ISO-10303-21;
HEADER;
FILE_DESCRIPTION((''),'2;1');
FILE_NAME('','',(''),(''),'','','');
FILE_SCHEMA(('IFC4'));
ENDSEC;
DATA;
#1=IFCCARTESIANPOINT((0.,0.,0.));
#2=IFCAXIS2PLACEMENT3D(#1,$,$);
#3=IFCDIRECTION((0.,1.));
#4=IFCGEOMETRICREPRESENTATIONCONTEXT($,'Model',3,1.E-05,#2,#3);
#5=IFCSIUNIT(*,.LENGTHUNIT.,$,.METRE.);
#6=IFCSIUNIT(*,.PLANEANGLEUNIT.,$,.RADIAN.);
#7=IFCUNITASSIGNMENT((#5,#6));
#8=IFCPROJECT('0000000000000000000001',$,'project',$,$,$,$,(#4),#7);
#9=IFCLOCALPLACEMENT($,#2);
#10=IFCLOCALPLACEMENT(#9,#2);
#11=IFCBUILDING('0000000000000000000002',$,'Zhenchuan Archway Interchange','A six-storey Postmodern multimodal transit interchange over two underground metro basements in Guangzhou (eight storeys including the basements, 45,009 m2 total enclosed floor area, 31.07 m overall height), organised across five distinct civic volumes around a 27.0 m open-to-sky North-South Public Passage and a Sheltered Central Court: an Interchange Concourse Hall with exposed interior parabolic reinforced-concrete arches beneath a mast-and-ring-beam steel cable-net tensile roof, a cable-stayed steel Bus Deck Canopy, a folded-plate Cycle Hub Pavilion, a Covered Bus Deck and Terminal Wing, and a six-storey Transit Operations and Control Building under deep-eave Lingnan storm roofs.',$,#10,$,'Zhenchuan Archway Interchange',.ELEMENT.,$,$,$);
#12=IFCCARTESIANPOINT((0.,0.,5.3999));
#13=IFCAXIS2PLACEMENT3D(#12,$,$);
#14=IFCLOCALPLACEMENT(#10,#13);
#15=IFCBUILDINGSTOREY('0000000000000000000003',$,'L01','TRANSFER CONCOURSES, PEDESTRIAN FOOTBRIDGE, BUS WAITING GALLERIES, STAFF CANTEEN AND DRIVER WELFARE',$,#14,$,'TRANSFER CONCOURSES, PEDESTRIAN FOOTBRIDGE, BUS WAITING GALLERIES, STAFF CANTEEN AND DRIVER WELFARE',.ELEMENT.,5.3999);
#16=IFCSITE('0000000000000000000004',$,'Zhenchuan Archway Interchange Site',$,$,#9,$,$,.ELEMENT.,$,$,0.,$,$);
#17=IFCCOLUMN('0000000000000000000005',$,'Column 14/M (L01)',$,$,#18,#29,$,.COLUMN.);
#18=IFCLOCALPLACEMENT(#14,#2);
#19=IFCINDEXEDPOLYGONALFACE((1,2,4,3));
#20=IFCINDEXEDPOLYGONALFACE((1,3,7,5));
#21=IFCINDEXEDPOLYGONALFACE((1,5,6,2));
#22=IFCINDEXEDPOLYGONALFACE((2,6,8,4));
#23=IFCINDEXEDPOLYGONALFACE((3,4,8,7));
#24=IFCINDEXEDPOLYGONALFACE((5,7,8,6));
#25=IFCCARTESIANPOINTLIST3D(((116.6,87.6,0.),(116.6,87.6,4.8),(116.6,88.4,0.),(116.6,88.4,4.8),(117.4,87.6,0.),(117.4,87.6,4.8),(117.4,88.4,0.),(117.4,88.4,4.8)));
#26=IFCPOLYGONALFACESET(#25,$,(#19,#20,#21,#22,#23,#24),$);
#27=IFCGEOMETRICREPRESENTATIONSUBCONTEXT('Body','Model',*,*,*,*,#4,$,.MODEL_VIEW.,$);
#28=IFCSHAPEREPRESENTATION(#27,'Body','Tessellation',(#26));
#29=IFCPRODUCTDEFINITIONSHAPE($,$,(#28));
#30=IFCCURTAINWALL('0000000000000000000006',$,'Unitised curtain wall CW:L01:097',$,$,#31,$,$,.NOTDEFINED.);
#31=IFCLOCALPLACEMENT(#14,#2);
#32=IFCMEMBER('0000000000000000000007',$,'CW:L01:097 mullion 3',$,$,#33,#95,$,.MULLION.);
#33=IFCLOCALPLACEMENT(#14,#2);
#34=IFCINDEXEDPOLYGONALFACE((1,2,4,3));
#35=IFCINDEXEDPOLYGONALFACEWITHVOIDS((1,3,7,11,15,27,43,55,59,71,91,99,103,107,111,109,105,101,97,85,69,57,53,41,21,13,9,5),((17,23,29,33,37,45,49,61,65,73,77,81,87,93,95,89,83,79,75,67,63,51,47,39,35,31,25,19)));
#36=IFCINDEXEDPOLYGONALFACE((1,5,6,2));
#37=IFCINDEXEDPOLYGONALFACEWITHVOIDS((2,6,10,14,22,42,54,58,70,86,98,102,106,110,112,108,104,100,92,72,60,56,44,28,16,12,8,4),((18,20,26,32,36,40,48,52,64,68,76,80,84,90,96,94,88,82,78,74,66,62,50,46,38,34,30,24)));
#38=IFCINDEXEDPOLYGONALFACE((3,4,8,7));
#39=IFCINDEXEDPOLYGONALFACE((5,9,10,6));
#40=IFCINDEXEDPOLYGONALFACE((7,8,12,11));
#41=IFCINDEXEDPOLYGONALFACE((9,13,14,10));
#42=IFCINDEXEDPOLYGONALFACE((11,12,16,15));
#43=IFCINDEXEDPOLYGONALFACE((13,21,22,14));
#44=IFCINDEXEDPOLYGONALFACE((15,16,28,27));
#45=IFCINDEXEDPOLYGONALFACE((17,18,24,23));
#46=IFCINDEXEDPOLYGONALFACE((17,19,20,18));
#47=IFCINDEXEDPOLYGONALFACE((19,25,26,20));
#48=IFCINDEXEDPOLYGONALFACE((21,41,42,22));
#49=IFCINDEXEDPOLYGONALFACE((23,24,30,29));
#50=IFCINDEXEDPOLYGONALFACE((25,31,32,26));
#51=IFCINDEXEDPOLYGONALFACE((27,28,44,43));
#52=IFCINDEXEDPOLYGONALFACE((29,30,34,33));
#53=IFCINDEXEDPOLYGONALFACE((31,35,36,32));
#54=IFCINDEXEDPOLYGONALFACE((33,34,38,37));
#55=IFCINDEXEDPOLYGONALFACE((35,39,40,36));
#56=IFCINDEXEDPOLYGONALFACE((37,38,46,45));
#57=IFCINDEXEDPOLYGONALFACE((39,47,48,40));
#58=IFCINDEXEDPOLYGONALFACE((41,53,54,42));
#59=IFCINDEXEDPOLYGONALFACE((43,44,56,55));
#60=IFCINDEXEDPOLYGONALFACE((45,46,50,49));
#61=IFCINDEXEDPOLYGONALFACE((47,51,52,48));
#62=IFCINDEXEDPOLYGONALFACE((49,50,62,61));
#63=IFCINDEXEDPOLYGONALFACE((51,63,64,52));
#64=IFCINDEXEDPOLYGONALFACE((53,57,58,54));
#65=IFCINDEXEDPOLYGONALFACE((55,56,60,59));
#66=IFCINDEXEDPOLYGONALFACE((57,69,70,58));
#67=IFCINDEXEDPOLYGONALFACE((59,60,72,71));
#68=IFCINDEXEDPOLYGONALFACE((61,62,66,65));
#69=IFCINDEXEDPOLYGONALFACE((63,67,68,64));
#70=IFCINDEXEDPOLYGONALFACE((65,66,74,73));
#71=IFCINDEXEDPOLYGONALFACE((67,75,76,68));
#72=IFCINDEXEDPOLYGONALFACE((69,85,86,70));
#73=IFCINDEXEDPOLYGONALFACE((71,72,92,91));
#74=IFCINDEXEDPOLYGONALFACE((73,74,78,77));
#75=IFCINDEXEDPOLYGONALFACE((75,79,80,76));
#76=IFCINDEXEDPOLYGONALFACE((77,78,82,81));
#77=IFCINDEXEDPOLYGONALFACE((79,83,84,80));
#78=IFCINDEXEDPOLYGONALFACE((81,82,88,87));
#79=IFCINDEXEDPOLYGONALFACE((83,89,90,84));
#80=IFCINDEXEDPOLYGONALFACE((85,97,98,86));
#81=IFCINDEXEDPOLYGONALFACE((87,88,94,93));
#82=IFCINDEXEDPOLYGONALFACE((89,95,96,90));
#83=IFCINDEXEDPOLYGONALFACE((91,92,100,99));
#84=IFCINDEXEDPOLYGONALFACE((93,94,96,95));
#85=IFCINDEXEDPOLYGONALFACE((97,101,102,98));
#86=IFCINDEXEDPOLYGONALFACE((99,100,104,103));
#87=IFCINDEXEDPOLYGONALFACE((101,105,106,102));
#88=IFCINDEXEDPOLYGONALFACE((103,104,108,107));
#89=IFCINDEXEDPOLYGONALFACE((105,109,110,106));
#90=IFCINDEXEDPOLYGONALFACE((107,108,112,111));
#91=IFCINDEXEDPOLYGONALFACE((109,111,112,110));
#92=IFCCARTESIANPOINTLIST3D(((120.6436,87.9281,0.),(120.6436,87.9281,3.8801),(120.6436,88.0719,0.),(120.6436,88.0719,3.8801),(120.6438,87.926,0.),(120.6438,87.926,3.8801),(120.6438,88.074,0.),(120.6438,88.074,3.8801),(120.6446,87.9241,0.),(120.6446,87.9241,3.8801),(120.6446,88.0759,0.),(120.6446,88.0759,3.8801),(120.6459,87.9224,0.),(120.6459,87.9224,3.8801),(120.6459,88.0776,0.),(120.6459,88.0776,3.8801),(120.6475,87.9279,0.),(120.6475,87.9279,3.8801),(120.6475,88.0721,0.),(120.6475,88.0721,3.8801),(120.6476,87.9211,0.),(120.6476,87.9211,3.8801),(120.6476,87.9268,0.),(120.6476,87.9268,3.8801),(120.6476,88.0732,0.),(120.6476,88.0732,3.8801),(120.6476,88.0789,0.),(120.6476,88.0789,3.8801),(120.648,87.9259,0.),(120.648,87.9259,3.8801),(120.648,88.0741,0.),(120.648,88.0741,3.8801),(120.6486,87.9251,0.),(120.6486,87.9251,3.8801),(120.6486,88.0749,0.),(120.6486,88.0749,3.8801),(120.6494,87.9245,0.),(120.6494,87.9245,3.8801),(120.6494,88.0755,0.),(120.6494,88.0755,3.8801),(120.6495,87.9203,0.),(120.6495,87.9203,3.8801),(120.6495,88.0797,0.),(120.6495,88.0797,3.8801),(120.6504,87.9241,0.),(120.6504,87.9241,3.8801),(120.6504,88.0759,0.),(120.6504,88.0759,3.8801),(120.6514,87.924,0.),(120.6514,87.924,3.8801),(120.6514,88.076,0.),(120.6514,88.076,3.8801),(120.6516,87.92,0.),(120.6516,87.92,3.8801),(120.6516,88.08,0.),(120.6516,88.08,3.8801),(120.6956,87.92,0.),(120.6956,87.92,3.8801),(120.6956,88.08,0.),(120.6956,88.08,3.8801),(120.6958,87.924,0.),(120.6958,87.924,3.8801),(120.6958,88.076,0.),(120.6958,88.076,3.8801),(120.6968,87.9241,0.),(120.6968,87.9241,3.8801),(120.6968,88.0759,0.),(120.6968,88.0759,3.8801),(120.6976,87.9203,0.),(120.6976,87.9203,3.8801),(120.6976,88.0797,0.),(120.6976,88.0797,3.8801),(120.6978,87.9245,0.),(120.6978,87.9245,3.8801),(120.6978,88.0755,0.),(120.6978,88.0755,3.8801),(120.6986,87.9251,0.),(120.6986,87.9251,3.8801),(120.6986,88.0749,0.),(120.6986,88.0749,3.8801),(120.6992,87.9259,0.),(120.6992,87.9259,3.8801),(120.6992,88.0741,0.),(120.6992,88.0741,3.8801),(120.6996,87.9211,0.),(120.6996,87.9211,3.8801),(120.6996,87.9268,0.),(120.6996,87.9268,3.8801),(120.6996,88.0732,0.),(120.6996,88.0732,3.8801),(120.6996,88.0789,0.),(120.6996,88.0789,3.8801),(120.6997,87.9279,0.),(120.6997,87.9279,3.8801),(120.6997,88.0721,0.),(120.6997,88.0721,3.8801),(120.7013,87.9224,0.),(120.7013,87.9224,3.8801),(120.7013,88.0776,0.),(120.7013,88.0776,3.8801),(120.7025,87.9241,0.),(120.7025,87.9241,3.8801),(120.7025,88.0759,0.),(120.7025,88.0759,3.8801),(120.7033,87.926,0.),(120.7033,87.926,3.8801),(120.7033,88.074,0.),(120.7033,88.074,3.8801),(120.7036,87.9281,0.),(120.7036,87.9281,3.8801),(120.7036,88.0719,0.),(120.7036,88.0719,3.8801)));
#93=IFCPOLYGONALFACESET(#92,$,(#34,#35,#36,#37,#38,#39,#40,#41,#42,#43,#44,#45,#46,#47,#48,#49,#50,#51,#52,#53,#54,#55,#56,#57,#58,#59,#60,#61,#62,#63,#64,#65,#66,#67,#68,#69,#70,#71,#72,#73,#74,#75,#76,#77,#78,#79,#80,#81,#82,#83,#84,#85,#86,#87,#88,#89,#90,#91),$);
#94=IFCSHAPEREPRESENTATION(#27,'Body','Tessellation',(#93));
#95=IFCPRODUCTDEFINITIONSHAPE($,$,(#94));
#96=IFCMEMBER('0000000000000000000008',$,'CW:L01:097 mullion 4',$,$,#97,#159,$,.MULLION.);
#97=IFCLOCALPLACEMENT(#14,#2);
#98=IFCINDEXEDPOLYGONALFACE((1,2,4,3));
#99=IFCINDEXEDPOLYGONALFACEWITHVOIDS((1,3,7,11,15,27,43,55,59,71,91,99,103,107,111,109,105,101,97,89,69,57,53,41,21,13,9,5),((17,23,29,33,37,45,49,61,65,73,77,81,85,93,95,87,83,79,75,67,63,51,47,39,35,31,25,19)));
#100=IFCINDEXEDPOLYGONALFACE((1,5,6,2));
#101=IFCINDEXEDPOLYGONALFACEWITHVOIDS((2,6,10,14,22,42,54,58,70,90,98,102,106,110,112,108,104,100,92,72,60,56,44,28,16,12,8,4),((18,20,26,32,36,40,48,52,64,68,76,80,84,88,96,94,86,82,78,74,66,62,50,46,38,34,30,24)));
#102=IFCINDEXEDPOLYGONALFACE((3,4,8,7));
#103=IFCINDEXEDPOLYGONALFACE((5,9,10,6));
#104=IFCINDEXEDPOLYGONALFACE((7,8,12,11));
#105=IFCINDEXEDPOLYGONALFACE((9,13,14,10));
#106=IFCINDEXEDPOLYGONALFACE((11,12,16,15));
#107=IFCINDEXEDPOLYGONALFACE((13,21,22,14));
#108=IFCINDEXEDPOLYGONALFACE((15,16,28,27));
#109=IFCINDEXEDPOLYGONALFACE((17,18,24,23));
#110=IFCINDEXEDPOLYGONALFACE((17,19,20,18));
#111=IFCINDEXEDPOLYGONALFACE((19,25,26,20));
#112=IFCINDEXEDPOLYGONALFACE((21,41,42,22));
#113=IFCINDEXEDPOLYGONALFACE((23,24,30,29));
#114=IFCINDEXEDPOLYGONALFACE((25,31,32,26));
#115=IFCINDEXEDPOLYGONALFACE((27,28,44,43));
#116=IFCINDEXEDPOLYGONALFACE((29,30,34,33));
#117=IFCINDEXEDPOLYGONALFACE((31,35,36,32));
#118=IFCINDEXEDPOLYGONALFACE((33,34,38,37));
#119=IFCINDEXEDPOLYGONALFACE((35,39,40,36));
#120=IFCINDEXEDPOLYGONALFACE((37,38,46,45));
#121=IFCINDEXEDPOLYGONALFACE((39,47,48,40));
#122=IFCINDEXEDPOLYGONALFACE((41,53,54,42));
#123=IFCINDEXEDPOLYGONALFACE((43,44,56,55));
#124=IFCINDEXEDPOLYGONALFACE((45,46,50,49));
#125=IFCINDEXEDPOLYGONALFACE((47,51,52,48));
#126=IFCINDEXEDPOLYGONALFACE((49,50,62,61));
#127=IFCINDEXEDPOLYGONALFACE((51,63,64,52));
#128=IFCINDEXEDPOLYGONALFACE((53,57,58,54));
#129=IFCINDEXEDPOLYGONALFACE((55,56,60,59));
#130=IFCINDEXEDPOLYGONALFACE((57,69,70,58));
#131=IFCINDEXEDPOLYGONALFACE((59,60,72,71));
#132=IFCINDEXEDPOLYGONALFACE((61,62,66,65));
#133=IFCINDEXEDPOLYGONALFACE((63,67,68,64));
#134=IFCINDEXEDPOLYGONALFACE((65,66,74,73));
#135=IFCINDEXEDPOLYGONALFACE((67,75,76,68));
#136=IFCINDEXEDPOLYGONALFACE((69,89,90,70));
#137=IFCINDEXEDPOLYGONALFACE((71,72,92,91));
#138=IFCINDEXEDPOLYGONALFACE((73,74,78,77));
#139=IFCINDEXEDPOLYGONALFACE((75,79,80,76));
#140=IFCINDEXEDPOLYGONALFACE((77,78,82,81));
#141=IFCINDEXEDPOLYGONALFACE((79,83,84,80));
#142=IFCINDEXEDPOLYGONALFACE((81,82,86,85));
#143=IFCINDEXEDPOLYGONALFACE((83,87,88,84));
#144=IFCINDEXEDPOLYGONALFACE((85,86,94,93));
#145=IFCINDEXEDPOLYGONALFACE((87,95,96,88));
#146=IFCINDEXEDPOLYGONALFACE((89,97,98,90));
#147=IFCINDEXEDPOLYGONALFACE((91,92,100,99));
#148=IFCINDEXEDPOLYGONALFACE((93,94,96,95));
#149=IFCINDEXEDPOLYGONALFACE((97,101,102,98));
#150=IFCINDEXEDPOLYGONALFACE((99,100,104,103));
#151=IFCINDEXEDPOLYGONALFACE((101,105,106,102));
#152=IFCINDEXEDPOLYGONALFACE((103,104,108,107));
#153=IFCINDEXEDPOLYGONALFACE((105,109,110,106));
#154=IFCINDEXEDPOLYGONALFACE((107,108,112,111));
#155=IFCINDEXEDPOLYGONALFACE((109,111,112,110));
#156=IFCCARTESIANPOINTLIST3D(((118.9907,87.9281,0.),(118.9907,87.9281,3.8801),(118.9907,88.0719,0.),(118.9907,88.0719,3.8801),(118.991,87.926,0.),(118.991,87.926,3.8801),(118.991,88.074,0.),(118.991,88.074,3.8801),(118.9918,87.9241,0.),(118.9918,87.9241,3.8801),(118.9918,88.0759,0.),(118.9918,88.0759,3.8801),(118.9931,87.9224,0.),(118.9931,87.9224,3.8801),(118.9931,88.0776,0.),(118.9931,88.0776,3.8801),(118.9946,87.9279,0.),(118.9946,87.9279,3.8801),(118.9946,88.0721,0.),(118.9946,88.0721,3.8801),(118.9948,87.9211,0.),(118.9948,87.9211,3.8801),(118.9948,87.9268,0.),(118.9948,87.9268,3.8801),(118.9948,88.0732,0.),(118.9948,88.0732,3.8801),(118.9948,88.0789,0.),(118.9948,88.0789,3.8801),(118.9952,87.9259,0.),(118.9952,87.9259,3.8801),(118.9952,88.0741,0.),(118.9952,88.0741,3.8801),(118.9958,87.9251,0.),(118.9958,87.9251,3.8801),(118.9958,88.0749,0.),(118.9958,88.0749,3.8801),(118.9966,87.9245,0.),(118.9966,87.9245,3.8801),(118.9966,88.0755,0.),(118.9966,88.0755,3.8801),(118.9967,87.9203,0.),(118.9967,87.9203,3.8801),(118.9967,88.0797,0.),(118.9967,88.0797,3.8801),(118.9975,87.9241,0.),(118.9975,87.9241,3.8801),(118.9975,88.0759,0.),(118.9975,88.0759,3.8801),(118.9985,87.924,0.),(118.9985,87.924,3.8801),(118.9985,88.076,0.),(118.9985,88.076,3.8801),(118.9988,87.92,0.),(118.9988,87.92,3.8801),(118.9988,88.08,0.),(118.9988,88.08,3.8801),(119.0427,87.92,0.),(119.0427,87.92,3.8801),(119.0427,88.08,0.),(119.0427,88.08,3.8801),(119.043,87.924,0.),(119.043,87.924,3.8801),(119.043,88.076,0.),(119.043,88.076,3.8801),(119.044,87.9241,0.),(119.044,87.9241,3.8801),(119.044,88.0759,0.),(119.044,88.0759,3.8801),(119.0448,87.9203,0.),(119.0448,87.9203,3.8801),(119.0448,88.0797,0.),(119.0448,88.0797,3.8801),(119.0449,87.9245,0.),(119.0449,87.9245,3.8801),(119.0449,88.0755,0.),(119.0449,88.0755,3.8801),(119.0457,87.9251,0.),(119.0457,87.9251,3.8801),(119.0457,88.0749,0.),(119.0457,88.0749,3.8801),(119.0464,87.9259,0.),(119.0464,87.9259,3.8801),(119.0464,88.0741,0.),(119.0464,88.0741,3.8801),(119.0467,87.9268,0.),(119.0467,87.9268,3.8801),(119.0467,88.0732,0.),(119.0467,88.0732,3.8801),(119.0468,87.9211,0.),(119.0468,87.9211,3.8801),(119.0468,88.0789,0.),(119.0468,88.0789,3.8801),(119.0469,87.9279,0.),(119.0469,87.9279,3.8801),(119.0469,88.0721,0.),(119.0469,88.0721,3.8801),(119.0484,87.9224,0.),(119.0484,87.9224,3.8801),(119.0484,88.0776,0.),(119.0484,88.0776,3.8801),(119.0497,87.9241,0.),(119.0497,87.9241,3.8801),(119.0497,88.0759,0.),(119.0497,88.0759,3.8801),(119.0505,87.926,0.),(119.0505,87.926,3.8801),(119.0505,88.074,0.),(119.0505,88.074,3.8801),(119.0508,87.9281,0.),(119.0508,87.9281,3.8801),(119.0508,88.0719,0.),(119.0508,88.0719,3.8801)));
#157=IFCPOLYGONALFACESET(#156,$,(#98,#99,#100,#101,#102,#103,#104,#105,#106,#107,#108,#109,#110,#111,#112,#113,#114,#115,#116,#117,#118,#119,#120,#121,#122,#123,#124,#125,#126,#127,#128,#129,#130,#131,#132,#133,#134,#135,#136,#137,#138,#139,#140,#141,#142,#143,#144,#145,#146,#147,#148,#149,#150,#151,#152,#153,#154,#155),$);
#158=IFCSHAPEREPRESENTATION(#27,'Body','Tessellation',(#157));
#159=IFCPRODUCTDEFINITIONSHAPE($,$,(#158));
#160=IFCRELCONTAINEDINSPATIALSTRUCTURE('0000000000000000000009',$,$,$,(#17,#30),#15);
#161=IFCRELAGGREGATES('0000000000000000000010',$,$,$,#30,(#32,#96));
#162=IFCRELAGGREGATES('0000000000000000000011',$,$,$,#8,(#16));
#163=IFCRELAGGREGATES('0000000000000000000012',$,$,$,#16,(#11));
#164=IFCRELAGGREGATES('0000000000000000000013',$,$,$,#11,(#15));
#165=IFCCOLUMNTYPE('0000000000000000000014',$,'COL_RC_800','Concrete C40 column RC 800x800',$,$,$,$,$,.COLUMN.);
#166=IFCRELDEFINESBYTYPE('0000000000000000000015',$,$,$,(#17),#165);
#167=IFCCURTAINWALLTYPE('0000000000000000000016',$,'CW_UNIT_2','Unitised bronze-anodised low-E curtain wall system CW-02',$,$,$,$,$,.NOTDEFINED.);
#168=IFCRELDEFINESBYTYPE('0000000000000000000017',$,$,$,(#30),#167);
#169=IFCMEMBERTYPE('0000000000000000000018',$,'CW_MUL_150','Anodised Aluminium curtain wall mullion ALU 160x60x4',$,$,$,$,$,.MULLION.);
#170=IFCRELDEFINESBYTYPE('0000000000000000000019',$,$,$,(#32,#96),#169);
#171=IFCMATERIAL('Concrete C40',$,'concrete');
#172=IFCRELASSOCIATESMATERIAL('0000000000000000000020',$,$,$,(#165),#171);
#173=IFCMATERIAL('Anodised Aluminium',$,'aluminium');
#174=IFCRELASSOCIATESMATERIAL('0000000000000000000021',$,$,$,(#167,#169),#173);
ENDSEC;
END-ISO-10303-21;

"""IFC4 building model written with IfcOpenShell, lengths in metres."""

from ifc_helpers import new_model, si_unit, direction, frame, origin, origin_2d, place, context, subcontext, project, spatial, rectangle, hollow_rectangle, extrude, material, material_profile, profile_set, type_object, element, aggregate, save


model = new_model("IFC4")

# Units and contexts
model_context = context("Model", 3, precision=1e-05, world=origin(), true_north=direction((0.0, 1.0)))
body_context = subcontext(model_context, "Body", "Model", "MODEL_VIEW")
ifc_project = project(units=[si_unit("LENGTHUNIT", "METRE"), si_unit("PLANEANGLEUNIT", "RADIAN")], contexts=[model_context])

# Site, building, storey
site_placement = place(None, origin())
site = spatial("IfcSite", under=ifc_project, at=site_placement, Name="Zhenchuan Archway Interchange Site", CompositionType="ELEMENT", RefElevation=0.0)
building_placement = place(site_placement, origin())
building = spatial("IfcBuilding", under=site, at=building_placement, Name="Zhenchuan Archway Interchange", Description="A six-storey Postmodern multimodal transit interchange over two underground metro basements in Guangzhou (eight storeys including the basements, 45,009 m2 total enclosed floor area, 31.07 m overall height), organised across five distinct civic volumes around a 27.0 m open-to-sky North-South Public Passage and a Sheltered Central Court: an Interchange Concourse Hall with exposed interior parabolic reinforced-concrete arches beneath a mast-and-ring-beam steel cable-net tensile roof, a cable-stayed steel Bus Deck Canopy, a folded-plate Cycle Hub Pavilion, a Covered Bus Deck and Terminal Wing, and a six-storey Transit Operations and Control Building under deep-eave Lingnan storm roofs.", LongName="Zhenchuan Archway Interchange", CompositionType="ELEMENT")
storey_placement = place(building_placement, frame((0.0, 0.0, 5.3999)))
storey = spatial("IfcBuildingStorey", under=building, at=storey_placement, Name="L01", Description="TRANSFER CONCOURSES, PEDESTRIAN FOOTBRIDGE, BUS WAITING GALLERIES, STAFF CANTEEN AND DRIVER WELFARE", LongName="TRANSFER CONCOURSES, PEDESTRIAN FOOTBRIDGE, BUS WAITING GALLERIES, STAFF CANTEEN AND DRIVER WELFARE", CompositionType="ELEMENT", Elevation=5.3999)

# Column
ifc_material_1 = material(Name="Concrete C40", Category="concrete")
ifc_material_profile_1 = material_profile(ifc_material_1, rectangle(XDim=0.8, YDim=0.8, at=origin_2d()), Name="RC 800x800")
ifc_profile_set_1 = profile_set([ifc_material_profile_1], Name="Concrete C40")
column_type = type_object("IfcColumnType", Name="COL_RC_800", Description="Concrete C40 column RC 800x800", PredefinedType="COLUMN", material=ifc_profile_set_1)
column_placement = place(storey_placement, frame((117.0, 88.0, 0.0), z_axis=(0.0, 0.0, 1.0), x_axis=(1.0, 0.0, 0.0)))
element("IfcColumn", 1, at=column_placement, inside=storey, type_object=column_type, Name="Column 14/M (L01)", PredefinedType="COLUMN", context=body_context, shape_type="SweptSolid", body=[
    extrude(rectangle(XDim=0.8, YDim=0.8, at=origin_2d()), origin(), (0.0, 0.0, 1.0), 4.8),
])

# Curtain wall, members
ifc_material_2 = material(Name="Anodised Aluminium", Category="aluminium")
curtain_wall_type = type_object("IfcCurtainWallType", Name="CW_UNIT_2", Description="Unitised bronze-anodised low-E curtain wall system CW-02", PredefinedType="NOTDEFINED", material=ifc_material_2)
curtain_wall_placement = place(storey_placement, origin())
curtain_wall = element("IfcCurtainWall", 2, at=curtain_wall_placement, inside=storey, type_object=curtain_wall_type, Name="Unitised curtain wall CW:L01:097", PredefinedType="NOTDEFINED")
ifc_material_profile_2 = material_profile(ifc_material_2, hollow_rectangle(XDim=0.0601, YDim=0.1599, WallThickness=0.0039, InnerFilletRadius=0.0039, OuterFilletRadius=0.0081, at=origin_2d()), Name="ALU 160x60x4")
ifc_profile_set_2 = profile_set([ifc_material_profile_2], Name="Anodised Aluminium")
member_type_1 = type_object("IfcMemberType", Name="CW_MUL_150", Description="Anodised Aluminium curtain wall mullion ALU 160x60x4", PredefinedType="MULLION", material=ifc_profile_set_2)
member_1_placement = place(storey_placement, frame((120.6736, 88.0, 0.0), z_axis=(0.0, 0.0, 1.0), x_axis=(1.0, 0.0, 0.0)))
member_1 = element("IfcMember", 3, at=member_1_placement, type_object=member_type_1, Name="CW:L01:097 mullion 3", PredefinedType="MULLION", context=body_context, shape_type="SweptSolid", body=[
    extrude(hollow_rectangle(XDim=0.0601, YDim=0.1599, WallThickness=0.0039, InnerFilletRadius=0.0039, OuterFilletRadius=0.0081, at=origin_2d()), origin(), (0.0, 0.0, 1.0), 3.8801),
])
member_2_placement = place(storey_placement, frame((119.0208, 88.0, 0.0), z_axis=(0.0, 0.0, 1.0), x_axis=(1.0, 0.0, 0.0)))
member_2 = element("IfcMember", 4, at=member_2_placement, type_object=member_type_1, Name="CW:L01:097 mullion 4", PredefinedType="MULLION", context=body_context, shape_type="SweptSolid", body=[
    extrude(hollow_rectangle(XDim=0.0601, YDim=0.1599, WallThickness=0.0039, InnerFilletRadius=0.0039, OuterFilletRadius=0.0081, at=origin_2d()), origin(), (0.0, 0.0, 1.0), 3.8801),
])

aggregate(curtain_wall, [member_1, member_2])

save(model, "model.ifc")
